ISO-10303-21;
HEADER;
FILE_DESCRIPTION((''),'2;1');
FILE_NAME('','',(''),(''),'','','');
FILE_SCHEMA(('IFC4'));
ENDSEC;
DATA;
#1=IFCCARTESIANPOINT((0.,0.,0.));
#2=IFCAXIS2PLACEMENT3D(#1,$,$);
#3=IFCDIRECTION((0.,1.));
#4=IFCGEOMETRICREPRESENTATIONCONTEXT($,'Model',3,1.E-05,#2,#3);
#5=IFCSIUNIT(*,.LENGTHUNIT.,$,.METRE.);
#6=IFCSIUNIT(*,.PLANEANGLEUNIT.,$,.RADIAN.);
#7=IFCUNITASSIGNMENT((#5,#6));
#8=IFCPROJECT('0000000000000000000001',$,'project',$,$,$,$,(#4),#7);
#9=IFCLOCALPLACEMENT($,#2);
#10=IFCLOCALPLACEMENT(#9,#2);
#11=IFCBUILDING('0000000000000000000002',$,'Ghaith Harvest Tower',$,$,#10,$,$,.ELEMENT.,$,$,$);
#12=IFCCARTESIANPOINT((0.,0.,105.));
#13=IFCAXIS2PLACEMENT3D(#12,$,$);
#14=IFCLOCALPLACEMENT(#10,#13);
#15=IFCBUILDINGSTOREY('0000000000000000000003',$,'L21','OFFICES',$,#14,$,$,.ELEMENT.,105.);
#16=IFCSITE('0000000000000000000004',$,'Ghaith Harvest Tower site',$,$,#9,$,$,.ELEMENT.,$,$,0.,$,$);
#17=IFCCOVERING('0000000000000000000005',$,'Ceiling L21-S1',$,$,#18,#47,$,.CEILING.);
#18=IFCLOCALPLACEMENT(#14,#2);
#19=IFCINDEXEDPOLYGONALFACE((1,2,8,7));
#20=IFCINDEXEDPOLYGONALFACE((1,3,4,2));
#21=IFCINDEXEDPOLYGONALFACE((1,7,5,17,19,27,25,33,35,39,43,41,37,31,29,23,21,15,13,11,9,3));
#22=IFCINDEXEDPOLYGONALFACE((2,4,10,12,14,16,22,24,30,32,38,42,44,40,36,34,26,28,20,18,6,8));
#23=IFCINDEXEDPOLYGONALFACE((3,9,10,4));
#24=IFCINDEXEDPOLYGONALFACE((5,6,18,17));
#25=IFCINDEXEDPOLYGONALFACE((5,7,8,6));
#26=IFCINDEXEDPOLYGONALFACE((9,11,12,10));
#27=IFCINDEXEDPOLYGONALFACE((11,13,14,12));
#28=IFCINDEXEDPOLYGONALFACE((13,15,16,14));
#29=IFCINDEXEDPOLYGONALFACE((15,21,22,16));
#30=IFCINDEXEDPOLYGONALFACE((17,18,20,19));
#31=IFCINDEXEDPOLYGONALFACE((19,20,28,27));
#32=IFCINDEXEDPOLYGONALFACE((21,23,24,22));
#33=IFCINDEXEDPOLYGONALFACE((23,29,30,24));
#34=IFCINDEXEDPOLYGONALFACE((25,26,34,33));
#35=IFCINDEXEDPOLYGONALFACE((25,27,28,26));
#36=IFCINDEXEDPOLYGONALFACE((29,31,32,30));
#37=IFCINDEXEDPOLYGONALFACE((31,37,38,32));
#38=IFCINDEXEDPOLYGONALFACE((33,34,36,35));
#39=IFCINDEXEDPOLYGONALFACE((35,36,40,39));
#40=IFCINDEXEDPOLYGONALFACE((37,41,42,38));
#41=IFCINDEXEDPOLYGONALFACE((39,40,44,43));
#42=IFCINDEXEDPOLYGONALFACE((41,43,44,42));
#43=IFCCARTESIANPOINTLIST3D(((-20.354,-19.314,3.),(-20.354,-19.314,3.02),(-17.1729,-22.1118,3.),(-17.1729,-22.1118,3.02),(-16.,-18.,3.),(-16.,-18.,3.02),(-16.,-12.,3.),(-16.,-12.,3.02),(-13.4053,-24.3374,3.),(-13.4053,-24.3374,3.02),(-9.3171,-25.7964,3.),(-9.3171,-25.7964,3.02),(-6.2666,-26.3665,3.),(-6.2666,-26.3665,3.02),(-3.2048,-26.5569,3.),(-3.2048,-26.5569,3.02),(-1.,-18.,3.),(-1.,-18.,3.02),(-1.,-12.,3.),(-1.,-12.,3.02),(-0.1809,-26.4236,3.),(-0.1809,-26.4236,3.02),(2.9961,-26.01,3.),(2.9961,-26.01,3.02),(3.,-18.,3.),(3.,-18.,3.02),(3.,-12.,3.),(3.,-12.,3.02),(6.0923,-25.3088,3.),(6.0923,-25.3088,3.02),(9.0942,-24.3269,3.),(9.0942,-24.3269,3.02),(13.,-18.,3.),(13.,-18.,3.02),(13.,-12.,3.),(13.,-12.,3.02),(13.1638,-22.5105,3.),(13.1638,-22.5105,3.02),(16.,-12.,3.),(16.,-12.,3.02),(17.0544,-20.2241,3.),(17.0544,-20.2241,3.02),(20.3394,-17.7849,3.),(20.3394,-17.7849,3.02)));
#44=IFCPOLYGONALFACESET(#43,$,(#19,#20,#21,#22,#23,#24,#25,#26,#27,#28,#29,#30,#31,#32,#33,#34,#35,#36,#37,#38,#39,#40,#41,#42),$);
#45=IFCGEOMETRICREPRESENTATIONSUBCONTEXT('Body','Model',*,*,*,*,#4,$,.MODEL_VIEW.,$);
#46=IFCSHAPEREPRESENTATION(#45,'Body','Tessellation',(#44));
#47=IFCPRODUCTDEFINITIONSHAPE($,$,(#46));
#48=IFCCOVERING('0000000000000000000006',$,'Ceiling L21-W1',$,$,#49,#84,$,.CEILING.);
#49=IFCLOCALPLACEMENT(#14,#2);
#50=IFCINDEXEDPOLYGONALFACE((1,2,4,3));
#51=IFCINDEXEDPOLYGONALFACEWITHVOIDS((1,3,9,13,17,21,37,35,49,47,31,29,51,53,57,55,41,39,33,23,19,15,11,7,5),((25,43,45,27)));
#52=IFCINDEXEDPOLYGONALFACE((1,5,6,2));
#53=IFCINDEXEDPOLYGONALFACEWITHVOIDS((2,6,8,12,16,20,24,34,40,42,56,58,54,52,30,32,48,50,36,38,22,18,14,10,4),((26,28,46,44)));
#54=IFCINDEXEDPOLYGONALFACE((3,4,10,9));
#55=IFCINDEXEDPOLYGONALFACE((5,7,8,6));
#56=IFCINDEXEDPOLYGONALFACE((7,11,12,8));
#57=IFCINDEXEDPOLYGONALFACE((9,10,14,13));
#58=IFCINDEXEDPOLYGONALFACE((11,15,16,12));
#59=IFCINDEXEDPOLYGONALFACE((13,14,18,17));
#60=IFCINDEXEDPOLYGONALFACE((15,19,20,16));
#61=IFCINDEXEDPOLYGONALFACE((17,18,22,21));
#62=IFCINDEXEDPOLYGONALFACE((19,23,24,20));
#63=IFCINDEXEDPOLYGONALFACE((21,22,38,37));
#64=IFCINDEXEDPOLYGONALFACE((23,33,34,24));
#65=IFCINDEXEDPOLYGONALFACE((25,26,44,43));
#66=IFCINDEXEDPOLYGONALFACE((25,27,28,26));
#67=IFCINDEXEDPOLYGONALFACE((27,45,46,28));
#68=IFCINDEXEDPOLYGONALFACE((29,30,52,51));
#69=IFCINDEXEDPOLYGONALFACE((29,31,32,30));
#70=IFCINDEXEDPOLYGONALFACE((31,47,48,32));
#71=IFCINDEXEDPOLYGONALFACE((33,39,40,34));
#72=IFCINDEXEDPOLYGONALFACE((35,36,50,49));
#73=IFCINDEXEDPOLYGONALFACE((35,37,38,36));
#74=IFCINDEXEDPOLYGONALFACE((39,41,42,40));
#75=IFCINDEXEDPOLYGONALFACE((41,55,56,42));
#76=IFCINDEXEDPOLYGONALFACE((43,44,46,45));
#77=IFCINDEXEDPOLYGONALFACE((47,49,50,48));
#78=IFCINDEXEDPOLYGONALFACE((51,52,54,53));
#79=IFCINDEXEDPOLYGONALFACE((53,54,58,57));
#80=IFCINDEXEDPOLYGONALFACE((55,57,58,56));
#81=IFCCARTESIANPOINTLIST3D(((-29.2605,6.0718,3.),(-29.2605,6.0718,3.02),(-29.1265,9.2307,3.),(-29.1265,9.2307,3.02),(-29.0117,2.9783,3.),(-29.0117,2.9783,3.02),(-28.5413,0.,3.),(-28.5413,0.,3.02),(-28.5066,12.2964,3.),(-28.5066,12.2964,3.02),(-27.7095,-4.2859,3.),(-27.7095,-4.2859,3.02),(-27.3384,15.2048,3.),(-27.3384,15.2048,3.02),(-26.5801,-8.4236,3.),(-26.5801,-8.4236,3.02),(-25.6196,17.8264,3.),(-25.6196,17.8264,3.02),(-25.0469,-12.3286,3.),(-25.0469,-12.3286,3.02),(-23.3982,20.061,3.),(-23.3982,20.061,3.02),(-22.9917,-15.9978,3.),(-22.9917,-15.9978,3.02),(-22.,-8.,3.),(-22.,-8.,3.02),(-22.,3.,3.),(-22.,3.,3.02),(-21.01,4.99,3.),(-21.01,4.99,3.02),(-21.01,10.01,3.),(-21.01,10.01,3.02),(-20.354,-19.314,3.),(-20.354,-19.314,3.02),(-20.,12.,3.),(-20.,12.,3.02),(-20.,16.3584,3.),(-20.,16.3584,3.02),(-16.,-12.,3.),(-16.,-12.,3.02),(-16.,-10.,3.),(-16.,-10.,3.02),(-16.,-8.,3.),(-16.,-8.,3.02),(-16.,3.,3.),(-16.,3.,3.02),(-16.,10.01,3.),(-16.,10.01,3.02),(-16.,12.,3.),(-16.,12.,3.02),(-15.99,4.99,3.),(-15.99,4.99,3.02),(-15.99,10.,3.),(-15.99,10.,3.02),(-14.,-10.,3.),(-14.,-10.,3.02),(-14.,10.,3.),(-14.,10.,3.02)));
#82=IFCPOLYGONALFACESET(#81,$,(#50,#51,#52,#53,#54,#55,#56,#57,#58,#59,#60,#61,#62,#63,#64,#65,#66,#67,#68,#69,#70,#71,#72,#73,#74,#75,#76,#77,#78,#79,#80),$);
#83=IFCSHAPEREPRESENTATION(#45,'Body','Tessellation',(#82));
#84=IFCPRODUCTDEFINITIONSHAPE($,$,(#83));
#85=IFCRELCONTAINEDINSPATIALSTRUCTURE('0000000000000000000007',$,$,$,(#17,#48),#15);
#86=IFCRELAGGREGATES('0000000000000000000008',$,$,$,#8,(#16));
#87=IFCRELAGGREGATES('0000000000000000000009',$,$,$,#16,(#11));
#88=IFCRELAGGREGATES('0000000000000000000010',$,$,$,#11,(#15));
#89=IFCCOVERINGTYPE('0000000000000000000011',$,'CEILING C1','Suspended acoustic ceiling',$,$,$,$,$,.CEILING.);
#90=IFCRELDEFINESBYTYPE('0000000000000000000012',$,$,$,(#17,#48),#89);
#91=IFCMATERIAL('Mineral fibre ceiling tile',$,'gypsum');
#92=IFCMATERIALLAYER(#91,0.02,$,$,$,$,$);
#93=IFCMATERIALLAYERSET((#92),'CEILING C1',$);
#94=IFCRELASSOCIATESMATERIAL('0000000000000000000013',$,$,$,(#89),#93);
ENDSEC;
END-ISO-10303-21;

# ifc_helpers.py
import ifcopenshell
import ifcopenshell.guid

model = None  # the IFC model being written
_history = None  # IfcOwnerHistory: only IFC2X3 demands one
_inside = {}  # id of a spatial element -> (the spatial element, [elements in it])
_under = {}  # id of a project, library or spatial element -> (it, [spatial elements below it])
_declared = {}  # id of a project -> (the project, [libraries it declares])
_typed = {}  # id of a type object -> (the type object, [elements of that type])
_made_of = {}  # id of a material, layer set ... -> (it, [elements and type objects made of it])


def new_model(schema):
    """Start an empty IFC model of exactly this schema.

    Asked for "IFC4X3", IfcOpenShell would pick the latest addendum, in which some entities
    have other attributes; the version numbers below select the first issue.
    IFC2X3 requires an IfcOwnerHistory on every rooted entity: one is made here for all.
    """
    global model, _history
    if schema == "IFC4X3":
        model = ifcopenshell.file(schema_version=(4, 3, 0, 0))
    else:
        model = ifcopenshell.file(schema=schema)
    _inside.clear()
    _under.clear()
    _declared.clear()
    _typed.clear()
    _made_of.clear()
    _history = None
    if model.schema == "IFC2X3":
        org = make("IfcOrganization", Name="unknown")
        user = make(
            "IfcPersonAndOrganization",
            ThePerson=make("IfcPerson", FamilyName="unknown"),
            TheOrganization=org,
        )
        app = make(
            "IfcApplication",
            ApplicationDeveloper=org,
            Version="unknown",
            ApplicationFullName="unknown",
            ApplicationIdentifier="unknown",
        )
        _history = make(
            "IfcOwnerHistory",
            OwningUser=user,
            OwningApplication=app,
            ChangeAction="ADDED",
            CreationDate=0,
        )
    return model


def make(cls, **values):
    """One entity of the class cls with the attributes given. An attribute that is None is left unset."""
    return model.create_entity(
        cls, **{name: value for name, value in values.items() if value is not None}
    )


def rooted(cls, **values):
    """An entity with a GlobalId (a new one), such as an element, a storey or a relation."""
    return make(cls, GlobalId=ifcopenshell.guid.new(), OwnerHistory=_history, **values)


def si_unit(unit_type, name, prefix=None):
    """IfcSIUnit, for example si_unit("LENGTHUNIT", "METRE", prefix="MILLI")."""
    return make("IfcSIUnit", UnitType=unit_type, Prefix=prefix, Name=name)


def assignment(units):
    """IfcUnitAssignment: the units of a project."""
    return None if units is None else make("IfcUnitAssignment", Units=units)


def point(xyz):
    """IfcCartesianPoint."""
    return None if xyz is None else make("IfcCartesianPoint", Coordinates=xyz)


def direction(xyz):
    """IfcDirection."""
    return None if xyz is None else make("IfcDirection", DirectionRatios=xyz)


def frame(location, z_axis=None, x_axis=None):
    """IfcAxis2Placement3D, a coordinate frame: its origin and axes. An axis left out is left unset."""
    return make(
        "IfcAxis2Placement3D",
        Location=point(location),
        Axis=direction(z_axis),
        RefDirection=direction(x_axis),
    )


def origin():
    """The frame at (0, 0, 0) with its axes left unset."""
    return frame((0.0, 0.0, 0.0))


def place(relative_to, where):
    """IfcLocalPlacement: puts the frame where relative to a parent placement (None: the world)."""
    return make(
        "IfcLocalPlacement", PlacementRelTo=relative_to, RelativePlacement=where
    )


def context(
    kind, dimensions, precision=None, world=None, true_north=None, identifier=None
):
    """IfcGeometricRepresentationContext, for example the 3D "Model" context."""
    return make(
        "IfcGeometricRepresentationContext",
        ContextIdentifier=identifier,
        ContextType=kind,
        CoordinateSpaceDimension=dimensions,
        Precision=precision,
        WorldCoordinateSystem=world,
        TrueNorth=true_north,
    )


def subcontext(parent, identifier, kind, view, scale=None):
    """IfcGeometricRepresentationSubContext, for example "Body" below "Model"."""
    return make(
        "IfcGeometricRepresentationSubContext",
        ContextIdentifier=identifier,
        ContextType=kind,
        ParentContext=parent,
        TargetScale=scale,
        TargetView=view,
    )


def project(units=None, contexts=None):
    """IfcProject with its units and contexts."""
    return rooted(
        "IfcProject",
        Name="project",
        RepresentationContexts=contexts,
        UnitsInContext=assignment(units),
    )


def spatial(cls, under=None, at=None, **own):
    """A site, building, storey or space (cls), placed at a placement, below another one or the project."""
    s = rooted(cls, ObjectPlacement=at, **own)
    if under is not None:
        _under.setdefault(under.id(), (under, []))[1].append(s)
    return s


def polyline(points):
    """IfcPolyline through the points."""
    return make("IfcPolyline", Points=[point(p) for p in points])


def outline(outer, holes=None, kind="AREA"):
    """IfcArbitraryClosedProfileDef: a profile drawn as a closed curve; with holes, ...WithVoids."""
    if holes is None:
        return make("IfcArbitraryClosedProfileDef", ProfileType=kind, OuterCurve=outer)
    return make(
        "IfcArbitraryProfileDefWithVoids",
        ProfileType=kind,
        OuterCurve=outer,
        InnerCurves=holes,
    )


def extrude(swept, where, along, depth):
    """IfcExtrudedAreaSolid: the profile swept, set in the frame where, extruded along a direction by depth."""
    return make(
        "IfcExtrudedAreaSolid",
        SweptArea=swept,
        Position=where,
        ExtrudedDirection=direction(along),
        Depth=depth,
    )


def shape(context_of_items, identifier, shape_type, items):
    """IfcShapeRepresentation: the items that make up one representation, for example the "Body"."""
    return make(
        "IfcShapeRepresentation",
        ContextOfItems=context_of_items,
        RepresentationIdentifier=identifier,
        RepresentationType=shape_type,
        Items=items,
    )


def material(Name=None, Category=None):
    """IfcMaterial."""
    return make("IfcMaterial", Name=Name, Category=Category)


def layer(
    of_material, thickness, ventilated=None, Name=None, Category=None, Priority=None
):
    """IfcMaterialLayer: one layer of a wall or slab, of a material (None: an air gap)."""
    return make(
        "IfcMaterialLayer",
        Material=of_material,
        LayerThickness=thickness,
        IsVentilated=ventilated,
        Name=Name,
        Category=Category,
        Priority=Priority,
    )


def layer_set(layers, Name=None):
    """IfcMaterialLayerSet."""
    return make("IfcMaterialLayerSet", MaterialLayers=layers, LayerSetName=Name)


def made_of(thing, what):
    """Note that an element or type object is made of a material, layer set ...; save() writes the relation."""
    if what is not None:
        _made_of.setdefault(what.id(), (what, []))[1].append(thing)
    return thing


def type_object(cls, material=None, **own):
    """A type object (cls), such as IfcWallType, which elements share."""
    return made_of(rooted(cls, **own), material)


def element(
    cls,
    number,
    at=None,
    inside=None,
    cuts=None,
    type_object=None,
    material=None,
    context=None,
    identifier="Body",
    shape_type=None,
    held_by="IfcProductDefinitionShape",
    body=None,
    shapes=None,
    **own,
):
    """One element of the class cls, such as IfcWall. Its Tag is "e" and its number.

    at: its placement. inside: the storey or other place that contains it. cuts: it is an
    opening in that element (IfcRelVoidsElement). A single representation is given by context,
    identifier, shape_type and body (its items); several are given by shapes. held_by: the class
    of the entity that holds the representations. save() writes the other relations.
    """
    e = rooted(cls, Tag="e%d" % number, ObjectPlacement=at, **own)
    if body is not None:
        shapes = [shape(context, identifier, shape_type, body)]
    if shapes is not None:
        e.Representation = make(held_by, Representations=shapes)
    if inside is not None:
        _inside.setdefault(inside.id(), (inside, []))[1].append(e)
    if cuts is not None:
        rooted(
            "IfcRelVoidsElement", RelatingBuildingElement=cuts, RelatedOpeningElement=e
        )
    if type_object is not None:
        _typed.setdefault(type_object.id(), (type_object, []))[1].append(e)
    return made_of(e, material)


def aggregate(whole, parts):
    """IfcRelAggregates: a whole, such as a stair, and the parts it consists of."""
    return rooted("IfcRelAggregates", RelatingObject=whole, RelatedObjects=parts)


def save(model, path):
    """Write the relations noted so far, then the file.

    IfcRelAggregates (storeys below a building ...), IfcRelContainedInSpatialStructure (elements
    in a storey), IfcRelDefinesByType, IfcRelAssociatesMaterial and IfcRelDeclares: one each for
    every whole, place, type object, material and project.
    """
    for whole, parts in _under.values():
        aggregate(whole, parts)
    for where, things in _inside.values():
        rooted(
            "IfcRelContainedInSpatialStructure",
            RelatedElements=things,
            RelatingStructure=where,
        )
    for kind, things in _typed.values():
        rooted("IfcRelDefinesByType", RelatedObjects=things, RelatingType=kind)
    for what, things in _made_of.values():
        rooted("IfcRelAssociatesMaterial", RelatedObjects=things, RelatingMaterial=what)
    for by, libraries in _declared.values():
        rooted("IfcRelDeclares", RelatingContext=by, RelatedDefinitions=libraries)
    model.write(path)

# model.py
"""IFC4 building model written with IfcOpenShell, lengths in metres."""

from ifc_helpers import new_model, si_unit, direction, frame, origin, place, context, subcontext, project, spatial, polyline, outline, extrude, material, layer, layer_set, type_object, element, save


model = new_model("IFC4")

# Units and contexts
model_context = context("Model", 3, precision=1e-05, world=origin(), true_north=direction((0.0, 1.0)))
body_context = subcontext(model_context, "Body", "Model", "MODEL_VIEW")
ifc_project = project(units=[si_unit("LENGTHUNIT", "METRE"), si_unit("PLANEANGLEUNIT", "RADIAN")], contexts=[model_context])

# Site, building, storey
site_placement = place(None, origin())
site = spatial("IfcSite", under=ifc_project, at=site_placement, Name="Ghaith Harvest Tower site", CompositionType="ELEMENT", RefElevation=0.0)
building_placement = place(site_placement, origin())
building = spatial("IfcBuilding", under=site, at=building_placement, Name="Ghaith Harvest Tower", CompositionType="ELEMENT")
storey_placement = place(building_placement, frame((0.0, 0.0, 105.0)))
storey = spatial("IfcBuildingStorey", under=building, at=storey_placement, Name="L21", Description="OFFICES", CompositionType="ELEMENT", Elevation=105.0)

# Coverings
ifc_material_1 = material(Name="Mineral fibre ceiling tile", Category="gypsum")
ifc_layer_1 = layer(ifc_material_1, 0.02)
ifc_layer_set_1 = layer_set([ifc_layer_1], Name="CEILING C1")
covering_type = type_object("IfcCoveringType", Name="CEILING C1", Description="Suspended acoustic ceiling", PredefinedType="CEILING", material=ifc_layer_set_1)
covering_1_placement = place(storey_placement, frame((0.0, 0.0, 3.0)))
element("IfcCovering", 1, at=covering_1_placement, inside=storey, type_object=covering_type, Name="Ceiling L21-S1", PredefinedType="CEILING", context=body_context, shape_type="SweptSolid", body=[
    extrude(outline(polyline([(17.0544, -20.2241), (13.1638, -22.5105), (9.0942, -24.3269), (6.0923, -25.3088), (2.9961, -26.01), (-0.1809, -26.4236), (-3.2048, -26.5569), (-6.2666, -26.3665), (-9.3171, -25.7964), (-13.4053, -24.3374), (-17.1729, -22.1118), (-20.354, -19.314), (-16.0, -12.0), (-16.0, -18.0), (-1.0, -18.0), (-1.0, -12.0), (3.0, -12.0), (3.0, -18.0), (13.0, -18.0), (13.0, -12.0), (16.0, -12.0), (20.3394, -17.7849), (17.0544, -20.2241)])), origin(), (0.0, 0.0, 1.0), 0.02),
])
covering_2_placement = place(storey_placement, frame((0.0, 0.0, 3.0)))
element("IfcCovering", 2, at=covering_2_placement, inside=storey, type_object=covering_type, Name="Ceiling L21-W1", PredefinedType="CEILING", context=body_context, shape_type="SweptSolid", body=[
    extrude(outline(polyline([(-27.7095, -4.2859), (-28.5413, 0.0), (-29.0117, 2.9783), (-29.2605, 6.0718), (-29.1265, 9.2307), (-28.5066, 12.2964), (-27.3384, 15.2048), (-25.6196, 17.8264), (-23.3982, 20.061), (-20.0, 16.3584), (-20.0, 12.0), (-16.0, 12.0), (-16.0, 10.01), (-21.01, 10.01), (-21.01, 4.99), (-15.99, 4.99), (-15.99, 10.0), (-14.0, 10.0), (-14.0, -10.0), (-16.0, -10.0), (-16.0, -12.0), (-20.354, -19.314), (-22.9917, -15.9978), (-25.0469, -12.3286), (-26.5801, -8.4236), (-27.7095, -4.2859)]), holes=[polyline([(-22.0, -8.0), (-16.0, -8.0), (-16.0, 3.0), (-22.0, 3.0), (-22.0, -8.0)])]), origin(), (0.0, 0.0, 1.0), 0.02),
])

save(model, "model.ifc")
